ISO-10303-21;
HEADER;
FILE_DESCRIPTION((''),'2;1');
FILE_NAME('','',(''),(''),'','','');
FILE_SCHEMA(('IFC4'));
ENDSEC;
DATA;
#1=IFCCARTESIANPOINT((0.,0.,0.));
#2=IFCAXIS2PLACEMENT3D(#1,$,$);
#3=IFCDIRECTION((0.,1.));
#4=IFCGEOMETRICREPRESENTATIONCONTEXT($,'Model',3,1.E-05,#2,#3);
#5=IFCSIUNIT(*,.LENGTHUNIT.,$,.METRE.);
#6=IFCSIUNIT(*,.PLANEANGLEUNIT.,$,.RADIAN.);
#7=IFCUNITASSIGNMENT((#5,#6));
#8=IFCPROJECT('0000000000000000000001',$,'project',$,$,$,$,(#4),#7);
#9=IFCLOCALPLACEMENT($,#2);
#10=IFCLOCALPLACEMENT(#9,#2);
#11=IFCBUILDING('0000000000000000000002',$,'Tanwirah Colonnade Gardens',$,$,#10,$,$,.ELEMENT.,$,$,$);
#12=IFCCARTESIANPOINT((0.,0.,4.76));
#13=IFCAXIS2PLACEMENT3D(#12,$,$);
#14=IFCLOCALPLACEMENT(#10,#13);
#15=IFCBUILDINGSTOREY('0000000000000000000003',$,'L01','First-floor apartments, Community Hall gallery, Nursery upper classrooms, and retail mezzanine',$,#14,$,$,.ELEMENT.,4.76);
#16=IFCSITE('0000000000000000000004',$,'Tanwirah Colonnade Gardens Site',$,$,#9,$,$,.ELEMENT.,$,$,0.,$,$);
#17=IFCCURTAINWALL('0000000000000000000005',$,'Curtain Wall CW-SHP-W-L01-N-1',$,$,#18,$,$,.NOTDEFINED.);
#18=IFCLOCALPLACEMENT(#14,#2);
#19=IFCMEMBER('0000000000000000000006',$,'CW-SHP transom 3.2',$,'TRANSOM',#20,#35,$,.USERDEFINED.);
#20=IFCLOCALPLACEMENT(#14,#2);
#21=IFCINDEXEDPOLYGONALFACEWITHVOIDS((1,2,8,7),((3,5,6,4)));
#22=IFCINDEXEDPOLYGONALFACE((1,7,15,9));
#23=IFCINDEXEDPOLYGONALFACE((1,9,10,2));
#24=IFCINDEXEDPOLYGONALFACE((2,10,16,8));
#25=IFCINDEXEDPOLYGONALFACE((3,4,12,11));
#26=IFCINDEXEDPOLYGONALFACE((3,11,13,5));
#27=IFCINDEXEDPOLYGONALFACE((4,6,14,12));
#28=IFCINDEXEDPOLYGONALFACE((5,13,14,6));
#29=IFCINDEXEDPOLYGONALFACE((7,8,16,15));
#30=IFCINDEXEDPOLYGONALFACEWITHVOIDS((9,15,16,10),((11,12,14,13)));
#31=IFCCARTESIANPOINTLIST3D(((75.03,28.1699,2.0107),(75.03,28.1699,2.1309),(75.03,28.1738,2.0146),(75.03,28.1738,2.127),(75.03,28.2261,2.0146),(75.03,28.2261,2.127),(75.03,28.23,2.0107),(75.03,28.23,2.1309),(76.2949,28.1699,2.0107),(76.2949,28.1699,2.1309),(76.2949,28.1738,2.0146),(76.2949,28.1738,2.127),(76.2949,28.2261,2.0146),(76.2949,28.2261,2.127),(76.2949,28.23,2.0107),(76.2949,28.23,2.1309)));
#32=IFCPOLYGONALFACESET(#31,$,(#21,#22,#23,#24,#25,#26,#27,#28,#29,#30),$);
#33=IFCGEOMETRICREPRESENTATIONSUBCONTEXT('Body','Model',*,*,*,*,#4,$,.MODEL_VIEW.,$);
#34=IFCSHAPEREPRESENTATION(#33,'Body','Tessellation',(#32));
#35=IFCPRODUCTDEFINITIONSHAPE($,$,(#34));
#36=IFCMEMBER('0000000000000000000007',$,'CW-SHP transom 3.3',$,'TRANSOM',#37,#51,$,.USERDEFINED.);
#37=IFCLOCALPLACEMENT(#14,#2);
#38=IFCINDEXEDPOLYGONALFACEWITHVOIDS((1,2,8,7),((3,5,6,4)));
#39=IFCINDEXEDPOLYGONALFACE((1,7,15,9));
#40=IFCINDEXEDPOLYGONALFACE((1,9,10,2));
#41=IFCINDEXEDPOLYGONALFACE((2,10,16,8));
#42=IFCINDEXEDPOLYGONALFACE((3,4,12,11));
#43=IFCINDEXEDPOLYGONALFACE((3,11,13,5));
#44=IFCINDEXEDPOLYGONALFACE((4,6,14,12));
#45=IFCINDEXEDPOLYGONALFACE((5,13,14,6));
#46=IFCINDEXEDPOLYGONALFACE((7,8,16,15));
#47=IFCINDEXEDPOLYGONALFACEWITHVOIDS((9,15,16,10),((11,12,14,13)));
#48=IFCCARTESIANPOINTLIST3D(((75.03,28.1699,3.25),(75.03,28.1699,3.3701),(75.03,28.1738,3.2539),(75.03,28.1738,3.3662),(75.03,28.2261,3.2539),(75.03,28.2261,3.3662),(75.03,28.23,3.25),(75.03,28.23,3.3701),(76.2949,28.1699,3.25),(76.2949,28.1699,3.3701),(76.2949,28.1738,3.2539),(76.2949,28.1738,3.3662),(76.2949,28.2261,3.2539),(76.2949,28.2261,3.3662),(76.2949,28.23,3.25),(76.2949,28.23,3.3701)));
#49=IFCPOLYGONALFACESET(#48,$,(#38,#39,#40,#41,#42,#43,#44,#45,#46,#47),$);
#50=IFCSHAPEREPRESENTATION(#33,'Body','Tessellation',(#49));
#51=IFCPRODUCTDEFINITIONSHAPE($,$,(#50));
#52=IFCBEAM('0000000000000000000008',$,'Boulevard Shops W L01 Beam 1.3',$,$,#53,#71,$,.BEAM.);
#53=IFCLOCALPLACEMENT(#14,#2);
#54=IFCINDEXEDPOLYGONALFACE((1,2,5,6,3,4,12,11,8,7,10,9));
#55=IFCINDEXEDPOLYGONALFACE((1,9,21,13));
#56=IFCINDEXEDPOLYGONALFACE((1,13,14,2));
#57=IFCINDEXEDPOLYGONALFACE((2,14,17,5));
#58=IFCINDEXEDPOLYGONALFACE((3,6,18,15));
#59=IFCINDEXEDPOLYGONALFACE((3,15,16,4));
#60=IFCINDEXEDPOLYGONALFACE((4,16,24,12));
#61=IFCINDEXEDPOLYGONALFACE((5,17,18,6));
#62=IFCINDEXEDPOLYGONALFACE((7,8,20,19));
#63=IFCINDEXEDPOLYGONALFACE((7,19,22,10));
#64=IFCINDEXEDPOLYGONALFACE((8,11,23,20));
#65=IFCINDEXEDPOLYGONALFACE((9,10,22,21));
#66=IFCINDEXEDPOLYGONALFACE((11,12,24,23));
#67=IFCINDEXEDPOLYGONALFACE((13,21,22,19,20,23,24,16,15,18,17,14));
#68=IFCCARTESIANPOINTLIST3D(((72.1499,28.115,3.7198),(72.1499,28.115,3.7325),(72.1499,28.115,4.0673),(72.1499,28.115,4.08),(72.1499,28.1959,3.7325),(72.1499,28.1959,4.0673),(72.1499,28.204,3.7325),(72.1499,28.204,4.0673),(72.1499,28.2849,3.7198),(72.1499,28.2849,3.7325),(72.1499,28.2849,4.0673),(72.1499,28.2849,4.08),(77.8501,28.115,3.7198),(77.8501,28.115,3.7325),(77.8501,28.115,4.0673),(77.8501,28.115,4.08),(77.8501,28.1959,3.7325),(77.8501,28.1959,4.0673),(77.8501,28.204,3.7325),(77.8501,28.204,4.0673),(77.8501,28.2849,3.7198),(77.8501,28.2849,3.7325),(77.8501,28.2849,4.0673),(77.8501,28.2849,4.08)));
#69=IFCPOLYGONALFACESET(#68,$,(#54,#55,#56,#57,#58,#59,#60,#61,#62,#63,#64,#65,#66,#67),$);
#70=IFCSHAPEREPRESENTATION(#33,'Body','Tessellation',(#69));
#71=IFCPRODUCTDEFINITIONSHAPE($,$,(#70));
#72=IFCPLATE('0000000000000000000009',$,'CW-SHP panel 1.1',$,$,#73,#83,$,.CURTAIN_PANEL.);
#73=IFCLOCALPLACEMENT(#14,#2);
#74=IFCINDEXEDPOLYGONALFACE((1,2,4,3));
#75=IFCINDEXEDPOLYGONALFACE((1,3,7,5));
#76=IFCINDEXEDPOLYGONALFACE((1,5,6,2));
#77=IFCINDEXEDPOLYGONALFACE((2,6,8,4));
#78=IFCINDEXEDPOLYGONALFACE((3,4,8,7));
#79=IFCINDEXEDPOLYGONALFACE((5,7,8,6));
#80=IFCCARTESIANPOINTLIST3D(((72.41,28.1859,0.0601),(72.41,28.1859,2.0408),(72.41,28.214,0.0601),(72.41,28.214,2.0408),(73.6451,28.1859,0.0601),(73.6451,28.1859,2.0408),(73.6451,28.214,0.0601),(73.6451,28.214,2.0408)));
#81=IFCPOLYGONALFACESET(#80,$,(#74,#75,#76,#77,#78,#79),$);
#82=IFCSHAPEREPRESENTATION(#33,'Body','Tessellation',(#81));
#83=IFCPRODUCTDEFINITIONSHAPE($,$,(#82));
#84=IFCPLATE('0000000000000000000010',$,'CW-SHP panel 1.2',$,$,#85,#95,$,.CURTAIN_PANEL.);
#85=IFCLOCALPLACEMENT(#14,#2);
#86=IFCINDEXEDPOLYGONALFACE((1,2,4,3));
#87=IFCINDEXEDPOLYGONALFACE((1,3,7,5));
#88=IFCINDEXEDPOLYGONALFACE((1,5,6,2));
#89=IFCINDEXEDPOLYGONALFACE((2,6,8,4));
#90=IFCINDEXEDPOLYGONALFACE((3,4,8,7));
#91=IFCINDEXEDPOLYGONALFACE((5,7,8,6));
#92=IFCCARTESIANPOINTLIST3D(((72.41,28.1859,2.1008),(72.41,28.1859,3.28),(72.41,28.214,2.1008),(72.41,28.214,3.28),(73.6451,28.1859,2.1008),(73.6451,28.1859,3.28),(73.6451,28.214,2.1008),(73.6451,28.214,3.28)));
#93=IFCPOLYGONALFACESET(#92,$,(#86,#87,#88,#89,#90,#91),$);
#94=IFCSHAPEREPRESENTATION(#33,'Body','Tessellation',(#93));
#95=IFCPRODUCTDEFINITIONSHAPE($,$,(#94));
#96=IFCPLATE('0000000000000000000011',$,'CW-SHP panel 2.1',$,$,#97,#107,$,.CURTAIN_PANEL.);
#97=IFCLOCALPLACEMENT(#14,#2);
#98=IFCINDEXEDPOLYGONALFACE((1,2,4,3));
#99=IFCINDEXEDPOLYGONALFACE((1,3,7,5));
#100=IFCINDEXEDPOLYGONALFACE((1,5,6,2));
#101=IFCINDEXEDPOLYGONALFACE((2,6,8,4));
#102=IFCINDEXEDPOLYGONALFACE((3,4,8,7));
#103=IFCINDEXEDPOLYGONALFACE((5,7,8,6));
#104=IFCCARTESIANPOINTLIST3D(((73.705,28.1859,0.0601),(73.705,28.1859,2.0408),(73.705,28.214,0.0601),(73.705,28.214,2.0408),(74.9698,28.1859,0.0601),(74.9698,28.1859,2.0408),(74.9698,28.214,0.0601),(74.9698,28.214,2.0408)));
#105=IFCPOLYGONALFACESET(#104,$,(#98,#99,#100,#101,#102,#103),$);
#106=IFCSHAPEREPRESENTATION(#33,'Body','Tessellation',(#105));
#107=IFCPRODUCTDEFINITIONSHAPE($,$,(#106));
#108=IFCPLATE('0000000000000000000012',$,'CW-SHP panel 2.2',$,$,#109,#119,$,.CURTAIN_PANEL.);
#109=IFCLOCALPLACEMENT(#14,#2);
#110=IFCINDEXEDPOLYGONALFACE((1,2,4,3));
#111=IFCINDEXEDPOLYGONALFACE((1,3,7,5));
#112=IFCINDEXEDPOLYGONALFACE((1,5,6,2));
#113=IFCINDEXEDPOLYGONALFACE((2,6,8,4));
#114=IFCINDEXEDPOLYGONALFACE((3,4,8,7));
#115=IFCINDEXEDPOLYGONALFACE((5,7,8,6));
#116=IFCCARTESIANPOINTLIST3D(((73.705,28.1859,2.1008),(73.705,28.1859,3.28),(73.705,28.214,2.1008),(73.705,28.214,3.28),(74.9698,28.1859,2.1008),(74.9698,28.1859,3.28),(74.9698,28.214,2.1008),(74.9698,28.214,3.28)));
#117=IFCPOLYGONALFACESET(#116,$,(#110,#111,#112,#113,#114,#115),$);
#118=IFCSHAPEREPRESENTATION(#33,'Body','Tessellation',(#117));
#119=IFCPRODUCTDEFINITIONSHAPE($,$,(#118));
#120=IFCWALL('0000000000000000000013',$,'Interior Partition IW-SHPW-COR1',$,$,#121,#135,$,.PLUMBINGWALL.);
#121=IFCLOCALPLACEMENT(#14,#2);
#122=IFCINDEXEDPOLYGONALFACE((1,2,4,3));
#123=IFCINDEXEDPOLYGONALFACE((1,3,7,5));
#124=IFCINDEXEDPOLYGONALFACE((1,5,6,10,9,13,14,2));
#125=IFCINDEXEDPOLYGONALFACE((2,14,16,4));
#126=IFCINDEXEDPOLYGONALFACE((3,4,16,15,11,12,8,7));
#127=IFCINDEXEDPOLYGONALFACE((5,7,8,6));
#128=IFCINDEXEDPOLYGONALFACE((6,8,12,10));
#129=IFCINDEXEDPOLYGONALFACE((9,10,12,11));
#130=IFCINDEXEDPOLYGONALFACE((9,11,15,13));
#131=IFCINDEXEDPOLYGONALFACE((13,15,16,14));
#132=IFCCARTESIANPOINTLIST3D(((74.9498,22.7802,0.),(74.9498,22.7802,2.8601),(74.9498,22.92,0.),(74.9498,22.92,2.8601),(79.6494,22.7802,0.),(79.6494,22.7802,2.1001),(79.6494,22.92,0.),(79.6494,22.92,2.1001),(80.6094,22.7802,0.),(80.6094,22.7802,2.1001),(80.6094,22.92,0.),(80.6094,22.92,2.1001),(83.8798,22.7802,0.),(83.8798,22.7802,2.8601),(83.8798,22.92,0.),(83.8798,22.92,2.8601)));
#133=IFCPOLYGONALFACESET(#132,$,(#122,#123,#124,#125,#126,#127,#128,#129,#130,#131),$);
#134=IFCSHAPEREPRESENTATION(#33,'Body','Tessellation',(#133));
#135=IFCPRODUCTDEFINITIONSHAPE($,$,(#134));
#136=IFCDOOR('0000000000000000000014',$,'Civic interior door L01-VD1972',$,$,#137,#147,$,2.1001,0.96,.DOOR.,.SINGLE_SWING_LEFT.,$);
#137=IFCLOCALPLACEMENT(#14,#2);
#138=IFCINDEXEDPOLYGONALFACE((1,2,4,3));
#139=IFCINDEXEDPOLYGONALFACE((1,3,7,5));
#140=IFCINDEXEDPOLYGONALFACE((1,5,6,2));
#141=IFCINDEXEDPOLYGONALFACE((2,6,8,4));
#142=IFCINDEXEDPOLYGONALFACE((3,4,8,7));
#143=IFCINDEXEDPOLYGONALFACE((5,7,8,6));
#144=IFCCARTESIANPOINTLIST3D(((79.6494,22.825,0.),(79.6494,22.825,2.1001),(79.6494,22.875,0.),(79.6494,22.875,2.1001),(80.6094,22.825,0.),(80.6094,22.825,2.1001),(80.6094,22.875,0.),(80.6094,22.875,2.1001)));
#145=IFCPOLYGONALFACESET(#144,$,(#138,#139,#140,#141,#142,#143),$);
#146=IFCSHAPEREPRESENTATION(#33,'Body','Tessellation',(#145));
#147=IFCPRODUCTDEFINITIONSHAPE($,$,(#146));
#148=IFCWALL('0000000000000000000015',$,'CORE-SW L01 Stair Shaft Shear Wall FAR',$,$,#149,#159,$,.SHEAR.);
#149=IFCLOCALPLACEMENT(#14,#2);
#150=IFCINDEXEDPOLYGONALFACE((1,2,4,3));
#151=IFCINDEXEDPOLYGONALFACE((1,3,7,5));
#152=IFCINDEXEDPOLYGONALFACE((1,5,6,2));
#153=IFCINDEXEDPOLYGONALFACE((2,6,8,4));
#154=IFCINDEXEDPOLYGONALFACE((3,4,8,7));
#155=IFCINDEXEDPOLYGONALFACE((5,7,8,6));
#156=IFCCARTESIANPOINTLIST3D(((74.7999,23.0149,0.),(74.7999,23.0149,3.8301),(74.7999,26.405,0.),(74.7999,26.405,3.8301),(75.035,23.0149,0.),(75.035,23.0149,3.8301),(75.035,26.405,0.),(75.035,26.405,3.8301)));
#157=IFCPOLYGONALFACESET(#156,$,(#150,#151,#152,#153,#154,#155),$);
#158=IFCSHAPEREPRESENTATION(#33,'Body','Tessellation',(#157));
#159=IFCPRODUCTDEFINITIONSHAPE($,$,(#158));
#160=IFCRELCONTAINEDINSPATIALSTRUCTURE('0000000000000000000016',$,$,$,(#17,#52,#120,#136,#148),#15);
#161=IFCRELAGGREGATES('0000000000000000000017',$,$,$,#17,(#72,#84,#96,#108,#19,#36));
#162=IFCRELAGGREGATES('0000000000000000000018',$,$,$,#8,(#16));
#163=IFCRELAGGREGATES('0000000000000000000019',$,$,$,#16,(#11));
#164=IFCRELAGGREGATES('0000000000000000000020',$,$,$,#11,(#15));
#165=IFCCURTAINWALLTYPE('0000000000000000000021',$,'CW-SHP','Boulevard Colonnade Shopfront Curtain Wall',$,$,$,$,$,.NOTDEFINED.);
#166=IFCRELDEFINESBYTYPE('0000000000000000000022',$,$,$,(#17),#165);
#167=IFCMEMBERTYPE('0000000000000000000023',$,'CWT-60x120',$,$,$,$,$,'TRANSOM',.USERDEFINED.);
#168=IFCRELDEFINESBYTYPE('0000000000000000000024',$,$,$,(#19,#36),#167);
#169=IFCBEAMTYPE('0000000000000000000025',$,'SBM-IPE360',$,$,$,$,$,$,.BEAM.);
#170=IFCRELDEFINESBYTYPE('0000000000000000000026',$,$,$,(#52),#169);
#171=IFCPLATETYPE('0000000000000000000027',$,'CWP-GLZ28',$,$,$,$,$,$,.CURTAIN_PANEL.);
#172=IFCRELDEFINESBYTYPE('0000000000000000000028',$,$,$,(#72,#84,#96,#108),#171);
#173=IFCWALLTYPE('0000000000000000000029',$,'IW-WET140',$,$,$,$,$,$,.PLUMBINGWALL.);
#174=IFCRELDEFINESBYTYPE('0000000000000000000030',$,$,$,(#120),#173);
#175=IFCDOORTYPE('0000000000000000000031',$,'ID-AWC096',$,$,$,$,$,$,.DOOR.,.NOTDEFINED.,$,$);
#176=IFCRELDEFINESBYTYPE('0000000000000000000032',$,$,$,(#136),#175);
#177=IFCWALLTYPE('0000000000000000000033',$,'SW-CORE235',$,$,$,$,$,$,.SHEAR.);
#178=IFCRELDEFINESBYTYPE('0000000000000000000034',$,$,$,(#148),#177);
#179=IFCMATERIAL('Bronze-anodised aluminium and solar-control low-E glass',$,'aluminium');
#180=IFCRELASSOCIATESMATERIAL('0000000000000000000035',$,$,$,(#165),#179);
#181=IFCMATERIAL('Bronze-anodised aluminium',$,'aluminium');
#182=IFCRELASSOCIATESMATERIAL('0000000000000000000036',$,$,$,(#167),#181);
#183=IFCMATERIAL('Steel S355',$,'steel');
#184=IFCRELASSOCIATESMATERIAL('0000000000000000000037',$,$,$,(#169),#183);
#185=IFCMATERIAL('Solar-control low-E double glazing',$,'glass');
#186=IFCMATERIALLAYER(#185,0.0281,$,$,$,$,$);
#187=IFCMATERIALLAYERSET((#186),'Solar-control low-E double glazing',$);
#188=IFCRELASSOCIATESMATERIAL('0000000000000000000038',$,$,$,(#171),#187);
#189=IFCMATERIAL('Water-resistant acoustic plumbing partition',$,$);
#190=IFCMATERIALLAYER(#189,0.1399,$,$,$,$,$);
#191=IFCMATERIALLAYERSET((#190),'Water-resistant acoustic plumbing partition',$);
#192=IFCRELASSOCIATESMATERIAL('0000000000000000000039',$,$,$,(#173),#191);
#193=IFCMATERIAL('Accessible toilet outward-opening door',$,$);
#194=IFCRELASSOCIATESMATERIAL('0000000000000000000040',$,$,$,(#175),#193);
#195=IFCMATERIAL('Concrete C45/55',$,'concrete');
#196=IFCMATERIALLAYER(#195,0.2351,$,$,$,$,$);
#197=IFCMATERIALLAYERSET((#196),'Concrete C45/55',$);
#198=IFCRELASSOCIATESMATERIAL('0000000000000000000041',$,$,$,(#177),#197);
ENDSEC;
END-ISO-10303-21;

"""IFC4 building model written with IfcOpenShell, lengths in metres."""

from ifc_helpers import new_model, si_unit, direction, frame, frame_2d, origin, origin_2d, place, context, subcontext, project, spatial, rectangle, hollow_rectangle, i_section, extrude, material, layer, layer_set, material_profile, profile_set, type_object, element, fill, aggregate, save


model = new_model("IFC4")

# Units and contexts
model_context = context("Model", 3, precision=1e-05, world=origin(), true_north=direction((0.0, 1.0)))
body_context = subcontext(model_context, "Body", "Model", "MODEL_VIEW")
ifc_project = project(units=[si_unit("LENGTHUNIT", "METRE"), si_unit("PLANEANGLEUNIT", "RADIAN")], contexts=[model_context])

# Site, building, storey
site_placement = place(None, origin())
site = spatial("IfcSite", under=ifc_project, at=site_placement, Name="Tanwirah Colonnade Gardens Site", CompositionType="ELEMENT", RefElevation=0.0)
building_placement = place(site_placement, origin())
building = spatial("IfcBuilding", under=site, at=building_placement, Name="Tanwirah Colonnade Gardens", CompositionType="ELEMENT")
storey_placement = place(building_placement, frame((0.0, 0.0, 4.76)))
storey = spatial("IfcBuildingStorey", under=building, at=storey_placement, Name="L01", Description="First-floor apartments, Community Hall gallery, Nursery upper classrooms, and retail mezzanine", CompositionType="ELEMENT", Elevation=4.76)

# Curtain wall, members
ifc_material_1 = material(Name="Bronze-anodised aluminium and solar-control low-E glass", Category="aluminium")
curtain_wall_type = type_object("IfcCurtainWallType", Name="CW-SHP", Description="Boulevard Colonnade Shopfront Curtain Wall", PredefinedType="NOTDEFINED", material=ifc_material_1)
curtain_wall_placement = place(storey_placement, origin())
curtain_wall = element("IfcCurtainWall", 1, at=curtain_wall_placement, inside=storey, type_object=curtain_wall_type, Name="Curtain Wall CW-SHP-W-L01-N-1", PredefinedType="NOTDEFINED")
ifc_material_2 = material(Name="Bronze-anodised aluminium", Category="aluminium")
ifc_material_profile_1 = material_profile(ifc_material_2, hollow_rectangle(XDim=0.0601, YDim=0.1201, WallThickness=0.0039, at=origin_2d()), Name="CW-TRN 60x120x4")
ifc_profile_set_1 = profile_set([ifc_material_profile_1], Name="Bronze-anodised aluminium")
member_type_1 = type_object("IfcMemberType", Name="CWT-60x120", ElementType="TRANSOM", PredefinedType="USERDEFINED", material=ifc_profile_set_1)
member_1_placement = place(storey_placement, frame((75.03, 28.2, 2.0708), z_axis=(1.0, 0.0, 0.0), x_axis=(0.0, 1.0, 0.0)))
member_1 = element("IfcMember", 2, at=member_1_placement, type_object=member_type_1, Name="CW-SHP transom 3.2", ObjectType="TRANSOM", PredefinedType="USERDEFINED", context=body_context, shape_type="SweptSolid", body=[
    extrude(hollow_rectangle(XDim=0.0601, YDim=0.1201, WallThickness=0.0039, at=origin_2d()), origin(), (0.0, 0.0, 1.0), 1.2649),
])
member_2_placement = place(storey_placement, frame((75.03, 28.2, 3.3101), z_axis=(1.0, 0.0, 0.0), x_axis=(0.0, 1.0, 0.0)))
member_2 = element("IfcMember", 3, at=member_2_placement, type_object=member_type_1, Name="CW-SHP transom 3.3", ObjectType="TRANSOM", PredefinedType="USERDEFINED", context=body_context, shape_type="SweptSolid", body=[
    extrude(hollow_rectangle(XDim=0.0601, YDim=0.1201, WallThickness=0.0039, at=origin_2d()), origin(), (0.0, 0.0, 1.0), 1.2649),
])

# Beam
ifc_material_3 = material(Name="Steel S355", Category="steel")
ifc_material_profile_2 = material_profile(ifc_material_3, i_section(OverallWidth=0.1699, OverallDepth=0.3601, WebThickness=0.0081, FlangeThickness=0.0127, at=origin_2d()), Name="IPE 360")
ifc_profile_set_2 = profile_set([ifc_material_profile_2], Name="Steel S355")
beam_type = type_object("IfcBeamType", Name="SBM-IPE360", PredefinedType="BEAM", material=ifc_profile_set_2)
beam_placement = place(storey_placement, frame((72.1499, 28.2, 3.8999), z_axis=(1.0, 0.0, 0.0), x_axis=(0.0, 1.0, 0.0)))
element("IfcBeam", 4, at=beam_placement, inside=storey, type_object=beam_type, Name="Boulevard Shops W L01 Beam 1.3", PredefinedType="BEAM", context=body_context, shape_type="SweptSolid", body=[
    extrude(i_section(OverallWidth=0.1699, OverallDepth=0.3601, WebThickness=0.0081, FlangeThickness=0.0127, at=origin_2d()), origin(), (0.0, 0.0, 1.0), 5.7002),
])

# Plates
ifc_material_4 = material(Name="Solar-control low-E double glazing", Category="glass")
ifc_layer_1 = layer(ifc_material_4, 0.0281)
ifc_layer_set_1 = layer_set([ifc_layer_1], Name="Solar-control low-E double glazing")
plate_type = type_object("IfcPlateType", Name="CWP-GLZ28", PredefinedType="CURTAIN_PANEL", material=ifc_layer_set_1)
plate_1_placement = place(storey_placement, frame((73.0276, 28.2, 0.0601), z_axis=(0.0, 0.0, 1.0), x_axis=(1.0, 0.0, 0.0)))
plate_1 = element("IfcPlate", 5, at=plate_1_placement, type_object=plate_type, Name="CW-SHP panel 1.1", PredefinedType="CURTAIN_PANEL", context=body_context, shape_type="SweptSolid", body=[
    extrude(rectangle(XDim=1.2351, YDim=0.0281, at=origin_2d()), origin(), (0.0, 0.0, 1.0), 1.9807),
])
plate_2_placement = place(storey_placement, frame((73.0276, 28.2, 2.1008), z_axis=(0.0, 0.0, 1.0), x_axis=(1.0, 0.0, 0.0)))
plate_2 = element("IfcPlate", 6, at=plate_2_placement, type_object=plate_type, Name="CW-SHP panel 1.2", PredefinedType="CURTAIN_PANEL", context=body_context, shape_type="SweptSolid", body=[
    extrude(rectangle(XDim=1.2351, YDim=0.0281, at=origin_2d()), origin(), (0.0, 0.0, 1.0), 1.1792),
])
plate_3_placement = place(storey_placement, frame((74.3374, 28.2, 0.0601), z_axis=(0.0, 0.0, 1.0), x_axis=(1.0, 0.0, 0.0)))
plate_3 = element("IfcPlate", 7, at=plate_3_placement, type_object=plate_type, Name="CW-SHP panel 2.1", PredefinedType="CURTAIN_PANEL", context=body_context, shape_type="SweptSolid", body=[
    extrude(rectangle(XDim=1.2649, YDim=0.0281, at=origin_2d()), origin(), (0.0, 0.0, 1.0), 1.9807),
])
plate_4_placement = place(storey_placement, frame((74.3374, 28.2, 2.1008), z_axis=(0.0, 0.0, 1.0), x_axis=(1.0, 0.0, 0.0)))
plate_4 = element("IfcPlate", 8, at=plate_4_placement, type_object=plate_type, Name="CW-SHP panel 2.2", PredefinedType="CURTAIN_PANEL", context=body_context, shape_type="SweptSolid", body=[
    extrude(rectangle(XDim=1.2649, YDim=0.0281, at=origin_2d()), origin(), (0.0, 0.0, 1.0), 1.1792),
])
aggregate(curtain_wall, [plate_1, plate_2, plate_3, plate_4, member_1, member_2])

# Wall, opening, door
ifc_material_5 = material(Name="Water-resistant acoustic plumbing partition")
ifc_layer_2 = layer(ifc_material_5, 0.1399)
ifc_layer_set_2 = layer_set([ifc_layer_2], Name="Water-resistant acoustic plumbing partition")
wall_type_1 = type_object("IfcWallType", Name="IW-WET140", PredefinedType="PLUMBINGWALL", material=ifc_layer_set_2)
wall_1_placement = place(storey_placement, frame((74.95, 22.8501, 0.0), z_axis=(0.0, 0.0, 1.0), x_axis=(1.0, 0.0, 0.0)))
wall_1 = element("IfcWall", 9, at=wall_1_placement, inside=storey, type_object=wall_type_1, Name="Interior Partition IW-SHPW-COR1", PredefinedType="PLUMBINGWALL", context=body_context, shape_type="SweptSolid", body=[
    extrude(rectangle(XDim=8.9299, YDim=0.1399, at=frame_2d((4.4648, 0.0))), origin(), (0.0, 0.0, 1.0), 2.8601),
])
opening_placement = place(wall_1_placement, frame((4.6995, 0.0, 0.0)))
opening = element("IfcOpeningElement", 10, at=opening_placement, cuts=wall_1, PredefinedType="OPENING", context=body_context, shape_type="SweptSolid", body=[
    extrude(rectangle(XDim=0.96, YDim=2.1001, at=frame_2d((0.48, 1.05))), frame((0.0, 0.0798, 0.0), z_axis=(0.0, -1.0, 0.0), x_axis=(1.0, 0.0, 0.0)), (0.0, 0.0, 1.0), 0.1599),
])
ifc_material_6 = material(Name="Accessible toilet outward-opening door")
door_type = type_object("IfcDoorType", Name="ID-AWC096", OperationType="NOTDEFINED", PredefinedType="DOOR", material=ifc_material_6)
door_placement = place(opening_placement, origin())
door = element("IfcDoor", 11, at=door_placement, inside=storey, type_object=door_type, Name="Civic interior door L01-VD1972", OperationType="SINGLE_SWING_LEFT", OverallHeight=2.1001, OverallWidth=0.96, PredefinedType="DOOR", context=body_context, shape_type="SweptSolid", body=[
    extrude(rectangle(XDim=0.96, YDim=2.1001, at=frame_2d((0.48, 1.05))), frame((0.0, 0.0249, 0.0), z_axis=(0.0, -1.0, 0.0), x_axis=(1.0, 0.0, 0.0)), (0.0, 0.0, 1.0), 0.05),
])
fill(opening, door)

# Wall
ifc_material_7 = material(Name="Concrete C45/55", Category="concrete")
ifc_layer_3 = layer(ifc_material_7, 0.2351)
ifc_layer_set_3 = layer_set([ifc_layer_3], Name="Concrete C45/55")
wall_type_2 = type_object("IfcWallType", Name="SW-CORE235", PredefinedType="SHEAR", material=ifc_layer_set_3)
wall_2_placement = place(storey_placement, frame((74.9175, 23.0149, 0.0), z_axis=(0.0, 0.0, 1.0), x_axis=(0.0, 1.0, 0.0)))
element("IfcWall", 12, at=wall_2_placement, inside=storey, type_object=wall_type_2, Name="CORE-SW L01 Stair Shaft Shear Wall FAR", PredefinedType="SHEAR", context=body_context, shape_type="SweptSolid", body=[
    extrude(rectangle(XDim=3.3901, YDim=0.2351, at=frame_2d((1.6951, 0.0))), origin(), (0.0, 0.0, 1.0), 3.8301),
])

save(model, "model.ifc")
